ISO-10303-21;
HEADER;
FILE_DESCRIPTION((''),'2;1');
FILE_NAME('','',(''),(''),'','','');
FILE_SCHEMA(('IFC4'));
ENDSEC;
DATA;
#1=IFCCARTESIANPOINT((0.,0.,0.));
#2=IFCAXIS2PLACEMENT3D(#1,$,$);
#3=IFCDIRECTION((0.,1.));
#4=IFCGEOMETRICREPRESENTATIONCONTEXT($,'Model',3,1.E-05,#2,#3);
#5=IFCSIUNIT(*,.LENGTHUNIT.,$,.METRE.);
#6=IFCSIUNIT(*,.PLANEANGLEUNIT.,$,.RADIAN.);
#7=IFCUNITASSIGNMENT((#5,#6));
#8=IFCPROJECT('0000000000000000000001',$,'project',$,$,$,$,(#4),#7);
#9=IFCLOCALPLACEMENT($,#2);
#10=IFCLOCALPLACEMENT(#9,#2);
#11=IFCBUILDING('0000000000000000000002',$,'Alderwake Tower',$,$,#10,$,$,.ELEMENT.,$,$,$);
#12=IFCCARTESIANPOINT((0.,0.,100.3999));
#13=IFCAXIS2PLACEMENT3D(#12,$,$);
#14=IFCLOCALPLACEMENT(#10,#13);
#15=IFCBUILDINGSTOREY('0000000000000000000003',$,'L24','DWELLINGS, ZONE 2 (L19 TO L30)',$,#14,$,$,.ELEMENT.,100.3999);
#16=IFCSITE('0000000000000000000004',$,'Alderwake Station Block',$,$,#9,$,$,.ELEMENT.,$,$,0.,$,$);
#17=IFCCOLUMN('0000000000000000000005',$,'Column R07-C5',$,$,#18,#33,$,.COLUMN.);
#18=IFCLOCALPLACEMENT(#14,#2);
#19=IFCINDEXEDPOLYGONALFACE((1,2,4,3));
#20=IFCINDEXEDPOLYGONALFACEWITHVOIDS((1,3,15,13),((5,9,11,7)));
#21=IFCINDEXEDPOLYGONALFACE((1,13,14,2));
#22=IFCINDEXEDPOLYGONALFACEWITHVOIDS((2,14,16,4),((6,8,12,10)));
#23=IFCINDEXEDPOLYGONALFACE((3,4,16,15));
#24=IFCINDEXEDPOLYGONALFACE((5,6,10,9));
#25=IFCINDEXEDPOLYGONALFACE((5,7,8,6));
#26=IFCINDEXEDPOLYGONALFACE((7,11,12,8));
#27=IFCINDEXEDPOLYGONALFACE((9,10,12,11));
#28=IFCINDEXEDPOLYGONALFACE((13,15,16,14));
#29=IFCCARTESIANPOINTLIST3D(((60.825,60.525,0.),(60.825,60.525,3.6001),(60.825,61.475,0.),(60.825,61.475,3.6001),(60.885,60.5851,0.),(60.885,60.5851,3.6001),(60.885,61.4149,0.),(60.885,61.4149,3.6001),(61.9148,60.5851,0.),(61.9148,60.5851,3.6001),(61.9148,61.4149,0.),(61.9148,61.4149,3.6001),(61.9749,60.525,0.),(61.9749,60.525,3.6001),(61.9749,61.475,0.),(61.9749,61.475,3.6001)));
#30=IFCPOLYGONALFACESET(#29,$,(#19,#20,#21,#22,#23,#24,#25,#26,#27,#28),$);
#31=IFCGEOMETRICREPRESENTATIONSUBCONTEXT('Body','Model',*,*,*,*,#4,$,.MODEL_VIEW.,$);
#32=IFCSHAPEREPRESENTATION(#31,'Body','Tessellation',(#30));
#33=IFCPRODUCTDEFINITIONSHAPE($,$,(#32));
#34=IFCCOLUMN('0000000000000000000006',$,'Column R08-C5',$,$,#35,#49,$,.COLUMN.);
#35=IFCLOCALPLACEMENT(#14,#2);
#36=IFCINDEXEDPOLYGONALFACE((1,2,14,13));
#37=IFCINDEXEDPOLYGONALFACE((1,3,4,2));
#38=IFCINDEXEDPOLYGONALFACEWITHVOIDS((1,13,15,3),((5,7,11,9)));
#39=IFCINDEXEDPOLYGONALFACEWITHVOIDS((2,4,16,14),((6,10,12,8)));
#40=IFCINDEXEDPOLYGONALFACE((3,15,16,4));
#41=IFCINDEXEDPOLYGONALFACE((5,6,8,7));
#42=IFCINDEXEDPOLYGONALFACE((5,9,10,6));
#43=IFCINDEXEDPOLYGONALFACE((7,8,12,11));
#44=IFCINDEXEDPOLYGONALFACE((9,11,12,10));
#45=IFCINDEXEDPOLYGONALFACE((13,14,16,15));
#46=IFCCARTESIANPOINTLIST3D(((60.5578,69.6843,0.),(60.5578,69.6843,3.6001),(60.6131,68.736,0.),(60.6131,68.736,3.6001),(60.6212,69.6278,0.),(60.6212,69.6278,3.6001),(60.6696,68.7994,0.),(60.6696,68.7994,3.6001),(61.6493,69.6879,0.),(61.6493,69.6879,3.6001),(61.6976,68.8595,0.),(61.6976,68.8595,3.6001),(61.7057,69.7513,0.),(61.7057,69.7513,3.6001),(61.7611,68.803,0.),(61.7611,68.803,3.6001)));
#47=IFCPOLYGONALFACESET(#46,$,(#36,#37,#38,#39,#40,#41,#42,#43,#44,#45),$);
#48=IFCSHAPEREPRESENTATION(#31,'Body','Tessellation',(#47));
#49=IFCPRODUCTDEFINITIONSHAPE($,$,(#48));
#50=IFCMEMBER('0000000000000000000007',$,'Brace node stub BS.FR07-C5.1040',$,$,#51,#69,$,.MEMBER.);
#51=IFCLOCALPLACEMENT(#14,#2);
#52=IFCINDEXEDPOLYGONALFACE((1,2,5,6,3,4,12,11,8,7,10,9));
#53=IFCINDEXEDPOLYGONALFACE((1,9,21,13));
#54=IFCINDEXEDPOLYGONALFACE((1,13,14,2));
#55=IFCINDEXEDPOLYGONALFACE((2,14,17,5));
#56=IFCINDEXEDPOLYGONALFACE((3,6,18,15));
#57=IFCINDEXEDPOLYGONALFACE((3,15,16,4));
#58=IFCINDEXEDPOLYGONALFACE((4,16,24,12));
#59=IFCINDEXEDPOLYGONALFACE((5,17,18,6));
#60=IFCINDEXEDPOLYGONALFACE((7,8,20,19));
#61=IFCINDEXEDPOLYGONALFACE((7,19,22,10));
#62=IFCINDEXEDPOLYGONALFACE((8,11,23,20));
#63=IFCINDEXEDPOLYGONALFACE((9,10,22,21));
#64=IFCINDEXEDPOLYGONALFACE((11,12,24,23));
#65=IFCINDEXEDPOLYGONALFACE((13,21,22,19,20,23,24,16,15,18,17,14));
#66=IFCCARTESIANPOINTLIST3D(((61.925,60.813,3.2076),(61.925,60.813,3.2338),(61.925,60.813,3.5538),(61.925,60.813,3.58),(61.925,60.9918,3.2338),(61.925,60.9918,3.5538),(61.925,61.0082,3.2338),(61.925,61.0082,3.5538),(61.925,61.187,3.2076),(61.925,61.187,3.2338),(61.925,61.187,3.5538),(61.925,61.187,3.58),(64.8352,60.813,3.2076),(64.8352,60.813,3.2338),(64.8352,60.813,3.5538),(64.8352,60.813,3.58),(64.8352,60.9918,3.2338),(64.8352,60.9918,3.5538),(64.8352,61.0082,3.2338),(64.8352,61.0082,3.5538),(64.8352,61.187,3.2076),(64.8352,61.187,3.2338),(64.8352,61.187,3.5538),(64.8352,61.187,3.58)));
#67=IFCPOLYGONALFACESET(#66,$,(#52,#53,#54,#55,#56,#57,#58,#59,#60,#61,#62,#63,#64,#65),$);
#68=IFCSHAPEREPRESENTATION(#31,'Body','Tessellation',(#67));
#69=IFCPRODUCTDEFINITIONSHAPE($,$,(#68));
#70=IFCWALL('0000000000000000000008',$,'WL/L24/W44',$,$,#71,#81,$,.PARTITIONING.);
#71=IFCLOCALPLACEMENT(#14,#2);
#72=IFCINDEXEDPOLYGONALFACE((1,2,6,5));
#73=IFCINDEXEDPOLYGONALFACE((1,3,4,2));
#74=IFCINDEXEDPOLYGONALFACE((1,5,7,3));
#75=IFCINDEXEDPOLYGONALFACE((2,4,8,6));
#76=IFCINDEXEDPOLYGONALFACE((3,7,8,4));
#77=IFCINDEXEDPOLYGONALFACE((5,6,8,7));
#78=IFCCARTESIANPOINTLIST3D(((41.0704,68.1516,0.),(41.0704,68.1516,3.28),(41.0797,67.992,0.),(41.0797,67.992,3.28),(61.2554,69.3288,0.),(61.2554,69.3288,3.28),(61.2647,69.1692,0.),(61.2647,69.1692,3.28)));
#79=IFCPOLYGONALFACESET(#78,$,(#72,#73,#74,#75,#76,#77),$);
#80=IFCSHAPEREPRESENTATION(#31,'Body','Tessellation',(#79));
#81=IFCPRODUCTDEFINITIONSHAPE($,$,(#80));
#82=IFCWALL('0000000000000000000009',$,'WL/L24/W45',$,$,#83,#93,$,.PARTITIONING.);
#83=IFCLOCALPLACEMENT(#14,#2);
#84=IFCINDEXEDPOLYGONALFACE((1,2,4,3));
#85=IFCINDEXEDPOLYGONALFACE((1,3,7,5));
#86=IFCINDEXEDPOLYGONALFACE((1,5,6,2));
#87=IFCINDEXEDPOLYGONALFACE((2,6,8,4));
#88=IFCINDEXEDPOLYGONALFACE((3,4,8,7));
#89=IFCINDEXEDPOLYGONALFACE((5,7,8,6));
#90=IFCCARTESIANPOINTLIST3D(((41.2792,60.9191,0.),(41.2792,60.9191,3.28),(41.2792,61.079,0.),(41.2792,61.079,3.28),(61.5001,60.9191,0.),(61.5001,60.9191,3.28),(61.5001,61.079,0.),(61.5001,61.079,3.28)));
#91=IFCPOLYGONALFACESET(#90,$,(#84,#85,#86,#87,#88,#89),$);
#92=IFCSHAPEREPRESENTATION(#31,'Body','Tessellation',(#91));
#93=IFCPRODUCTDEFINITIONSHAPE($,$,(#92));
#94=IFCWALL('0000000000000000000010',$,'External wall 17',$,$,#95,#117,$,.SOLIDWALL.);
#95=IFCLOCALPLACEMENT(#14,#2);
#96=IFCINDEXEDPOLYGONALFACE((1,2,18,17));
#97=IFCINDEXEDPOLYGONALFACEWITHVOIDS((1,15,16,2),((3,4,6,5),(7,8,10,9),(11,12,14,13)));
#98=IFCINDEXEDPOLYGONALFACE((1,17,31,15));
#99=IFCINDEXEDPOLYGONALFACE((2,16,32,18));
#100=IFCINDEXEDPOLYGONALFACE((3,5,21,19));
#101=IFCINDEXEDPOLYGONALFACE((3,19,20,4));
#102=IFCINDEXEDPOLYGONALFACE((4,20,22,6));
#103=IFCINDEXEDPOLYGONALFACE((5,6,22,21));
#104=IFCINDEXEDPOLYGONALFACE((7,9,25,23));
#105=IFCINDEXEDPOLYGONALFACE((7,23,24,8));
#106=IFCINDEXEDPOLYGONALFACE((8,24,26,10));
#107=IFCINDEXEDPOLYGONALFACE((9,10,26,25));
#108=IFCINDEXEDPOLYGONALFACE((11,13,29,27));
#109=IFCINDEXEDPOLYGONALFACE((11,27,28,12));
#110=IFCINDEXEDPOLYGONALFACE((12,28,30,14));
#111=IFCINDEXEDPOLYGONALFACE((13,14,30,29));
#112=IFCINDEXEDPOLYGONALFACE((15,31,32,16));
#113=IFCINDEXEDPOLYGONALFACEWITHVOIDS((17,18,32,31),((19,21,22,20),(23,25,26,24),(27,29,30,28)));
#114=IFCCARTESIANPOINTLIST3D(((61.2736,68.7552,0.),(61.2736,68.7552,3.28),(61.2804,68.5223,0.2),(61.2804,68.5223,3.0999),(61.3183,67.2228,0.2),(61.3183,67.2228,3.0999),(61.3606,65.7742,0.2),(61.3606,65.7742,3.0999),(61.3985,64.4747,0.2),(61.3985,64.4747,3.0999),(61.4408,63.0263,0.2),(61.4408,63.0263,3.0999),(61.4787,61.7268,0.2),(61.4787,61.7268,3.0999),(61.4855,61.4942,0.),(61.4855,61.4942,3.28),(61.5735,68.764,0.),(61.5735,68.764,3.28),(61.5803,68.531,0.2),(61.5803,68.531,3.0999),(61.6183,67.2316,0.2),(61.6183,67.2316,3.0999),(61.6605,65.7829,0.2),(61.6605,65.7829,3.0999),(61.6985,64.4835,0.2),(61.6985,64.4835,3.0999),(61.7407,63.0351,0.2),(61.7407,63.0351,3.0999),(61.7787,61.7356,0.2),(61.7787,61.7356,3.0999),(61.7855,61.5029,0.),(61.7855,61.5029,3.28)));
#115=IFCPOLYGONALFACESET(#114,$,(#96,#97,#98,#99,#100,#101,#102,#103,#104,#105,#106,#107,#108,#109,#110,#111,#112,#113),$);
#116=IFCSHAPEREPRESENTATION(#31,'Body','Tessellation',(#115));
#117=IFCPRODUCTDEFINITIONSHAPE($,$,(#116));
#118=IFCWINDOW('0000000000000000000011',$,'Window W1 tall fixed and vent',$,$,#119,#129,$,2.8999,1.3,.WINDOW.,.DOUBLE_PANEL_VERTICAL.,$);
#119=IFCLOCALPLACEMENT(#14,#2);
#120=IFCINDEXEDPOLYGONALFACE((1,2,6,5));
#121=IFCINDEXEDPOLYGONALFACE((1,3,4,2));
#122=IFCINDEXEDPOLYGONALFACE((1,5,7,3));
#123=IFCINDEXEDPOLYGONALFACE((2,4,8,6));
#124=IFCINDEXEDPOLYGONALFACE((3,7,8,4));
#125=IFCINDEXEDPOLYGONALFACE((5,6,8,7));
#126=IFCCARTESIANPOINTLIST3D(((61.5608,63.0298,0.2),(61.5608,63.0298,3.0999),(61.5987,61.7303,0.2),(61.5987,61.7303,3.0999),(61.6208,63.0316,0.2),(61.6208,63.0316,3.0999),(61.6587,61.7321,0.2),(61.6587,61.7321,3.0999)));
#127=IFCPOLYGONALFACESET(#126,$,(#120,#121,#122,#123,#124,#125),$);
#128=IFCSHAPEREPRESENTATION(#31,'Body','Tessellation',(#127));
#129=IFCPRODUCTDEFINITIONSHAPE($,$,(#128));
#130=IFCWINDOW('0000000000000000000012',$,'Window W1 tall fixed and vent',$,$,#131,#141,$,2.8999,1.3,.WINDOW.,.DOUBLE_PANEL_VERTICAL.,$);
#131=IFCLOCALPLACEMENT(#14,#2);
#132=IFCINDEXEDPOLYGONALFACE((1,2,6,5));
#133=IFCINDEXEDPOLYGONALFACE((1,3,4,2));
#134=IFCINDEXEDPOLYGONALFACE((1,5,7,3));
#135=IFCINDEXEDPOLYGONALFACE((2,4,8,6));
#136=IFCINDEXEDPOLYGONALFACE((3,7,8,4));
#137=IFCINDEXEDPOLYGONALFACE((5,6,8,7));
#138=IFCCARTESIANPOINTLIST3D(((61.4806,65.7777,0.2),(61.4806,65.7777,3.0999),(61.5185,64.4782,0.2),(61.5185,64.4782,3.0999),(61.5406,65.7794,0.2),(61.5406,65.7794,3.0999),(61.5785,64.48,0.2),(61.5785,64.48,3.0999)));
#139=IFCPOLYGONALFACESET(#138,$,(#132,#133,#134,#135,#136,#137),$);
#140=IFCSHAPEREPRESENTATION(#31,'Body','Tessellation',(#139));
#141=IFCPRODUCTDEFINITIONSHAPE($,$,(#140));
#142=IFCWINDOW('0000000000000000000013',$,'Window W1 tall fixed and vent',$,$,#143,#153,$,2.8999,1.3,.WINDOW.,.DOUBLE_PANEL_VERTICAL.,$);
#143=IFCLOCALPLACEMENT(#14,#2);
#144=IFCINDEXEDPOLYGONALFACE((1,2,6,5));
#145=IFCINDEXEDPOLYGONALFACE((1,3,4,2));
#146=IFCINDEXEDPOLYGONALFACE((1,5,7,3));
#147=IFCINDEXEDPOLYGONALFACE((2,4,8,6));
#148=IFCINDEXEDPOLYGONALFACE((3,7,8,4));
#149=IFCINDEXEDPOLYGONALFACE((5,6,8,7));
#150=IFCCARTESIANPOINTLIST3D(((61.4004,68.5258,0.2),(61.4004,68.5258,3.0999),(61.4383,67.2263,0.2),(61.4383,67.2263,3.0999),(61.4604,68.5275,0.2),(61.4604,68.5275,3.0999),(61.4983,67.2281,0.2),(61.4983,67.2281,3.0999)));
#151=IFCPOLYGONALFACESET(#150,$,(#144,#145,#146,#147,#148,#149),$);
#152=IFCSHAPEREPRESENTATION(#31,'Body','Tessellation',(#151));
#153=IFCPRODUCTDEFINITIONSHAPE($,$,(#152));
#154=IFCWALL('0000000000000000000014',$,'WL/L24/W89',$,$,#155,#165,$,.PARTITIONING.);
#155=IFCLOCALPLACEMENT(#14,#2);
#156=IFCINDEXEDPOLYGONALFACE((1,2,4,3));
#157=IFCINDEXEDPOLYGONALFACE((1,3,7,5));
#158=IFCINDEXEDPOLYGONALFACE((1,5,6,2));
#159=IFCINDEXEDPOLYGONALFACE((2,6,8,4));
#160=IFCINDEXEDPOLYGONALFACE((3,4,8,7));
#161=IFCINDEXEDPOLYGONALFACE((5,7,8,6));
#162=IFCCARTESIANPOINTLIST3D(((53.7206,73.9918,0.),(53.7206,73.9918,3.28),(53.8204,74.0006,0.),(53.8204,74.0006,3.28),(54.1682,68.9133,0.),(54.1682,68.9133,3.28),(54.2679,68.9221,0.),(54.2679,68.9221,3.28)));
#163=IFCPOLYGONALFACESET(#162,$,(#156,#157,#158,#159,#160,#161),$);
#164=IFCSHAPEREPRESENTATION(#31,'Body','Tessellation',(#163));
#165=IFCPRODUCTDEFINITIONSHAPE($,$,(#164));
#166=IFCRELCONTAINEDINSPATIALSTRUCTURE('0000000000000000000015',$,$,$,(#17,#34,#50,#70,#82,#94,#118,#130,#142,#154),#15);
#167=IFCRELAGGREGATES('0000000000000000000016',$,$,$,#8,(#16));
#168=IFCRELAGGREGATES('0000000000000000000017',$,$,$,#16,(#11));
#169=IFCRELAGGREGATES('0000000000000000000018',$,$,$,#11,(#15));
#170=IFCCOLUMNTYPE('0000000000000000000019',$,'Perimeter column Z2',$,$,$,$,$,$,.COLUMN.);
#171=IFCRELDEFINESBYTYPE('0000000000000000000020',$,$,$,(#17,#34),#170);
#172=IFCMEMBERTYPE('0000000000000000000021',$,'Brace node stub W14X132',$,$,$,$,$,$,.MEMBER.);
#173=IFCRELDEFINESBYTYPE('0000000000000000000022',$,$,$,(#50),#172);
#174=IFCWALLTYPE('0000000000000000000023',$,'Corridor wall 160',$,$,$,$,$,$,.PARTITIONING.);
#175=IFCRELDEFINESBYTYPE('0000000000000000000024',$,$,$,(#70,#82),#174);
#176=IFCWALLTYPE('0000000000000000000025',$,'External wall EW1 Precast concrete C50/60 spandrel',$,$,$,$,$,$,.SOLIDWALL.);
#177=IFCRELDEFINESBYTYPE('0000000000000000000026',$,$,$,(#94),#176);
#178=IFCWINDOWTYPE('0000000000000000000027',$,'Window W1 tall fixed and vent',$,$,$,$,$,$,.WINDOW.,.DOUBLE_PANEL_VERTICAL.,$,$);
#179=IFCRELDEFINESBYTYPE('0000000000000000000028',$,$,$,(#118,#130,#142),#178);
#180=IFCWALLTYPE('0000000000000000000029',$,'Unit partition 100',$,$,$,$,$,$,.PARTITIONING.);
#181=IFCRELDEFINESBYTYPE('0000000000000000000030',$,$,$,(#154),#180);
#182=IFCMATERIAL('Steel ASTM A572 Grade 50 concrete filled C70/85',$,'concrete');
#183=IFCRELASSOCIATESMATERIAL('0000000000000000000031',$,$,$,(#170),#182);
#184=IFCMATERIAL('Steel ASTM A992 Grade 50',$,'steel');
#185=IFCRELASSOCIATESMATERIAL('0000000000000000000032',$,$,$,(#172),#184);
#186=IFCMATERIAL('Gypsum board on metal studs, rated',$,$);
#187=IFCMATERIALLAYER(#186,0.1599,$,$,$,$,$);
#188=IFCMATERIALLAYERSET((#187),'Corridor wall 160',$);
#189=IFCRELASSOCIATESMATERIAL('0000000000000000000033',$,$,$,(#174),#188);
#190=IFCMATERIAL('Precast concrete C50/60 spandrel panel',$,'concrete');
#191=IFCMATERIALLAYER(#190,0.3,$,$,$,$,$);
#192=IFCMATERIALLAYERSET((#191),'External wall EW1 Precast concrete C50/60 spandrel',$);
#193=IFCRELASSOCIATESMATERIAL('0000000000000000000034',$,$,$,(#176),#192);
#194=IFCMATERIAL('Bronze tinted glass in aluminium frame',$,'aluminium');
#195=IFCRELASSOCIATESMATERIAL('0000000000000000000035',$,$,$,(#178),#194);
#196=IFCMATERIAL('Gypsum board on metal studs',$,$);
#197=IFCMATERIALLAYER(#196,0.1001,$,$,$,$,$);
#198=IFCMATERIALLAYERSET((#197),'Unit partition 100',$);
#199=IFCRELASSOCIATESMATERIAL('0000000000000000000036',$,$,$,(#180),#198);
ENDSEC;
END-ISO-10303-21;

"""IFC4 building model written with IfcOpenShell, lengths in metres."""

from ifc_helpers import new_model, si_unit, direction, frame, frame_2d, origin, origin_2d, place, context, subcontext, project, spatial, rectangle, hollow_rectangle, i_section, extrude, material, layer, layer_set, material_profile, profile_set, type_object, element, fill, save


model = new_model("IFC4")

# Units and contexts
model_context = context("Model", 3, precision=1e-05, world=origin(), true_north=direction((0.0, 1.0)))
body_context = subcontext(model_context, "Body", "Model", "MODEL_VIEW")
ifc_project = project(units=[si_unit("LENGTHUNIT", "METRE"), si_unit("PLANEANGLEUNIT", "RADIAN")], contexts=[model_context])

# Site, building, storey
site_placement = place(None, origin())
site = spatial("IfcSite", under=ifc_project, at=site_placement, Name="Alderwake Station Block", CompositionType="ELEMENT", RefElevation=0.0)
building_placement = place(site_placement, origin())
building = spatial("IfcBuilding", under=site, at=building_placement, Name="Alderwake Tower", CompositionType="ELEMENT")
storey_placement = place(building_placement, frame((0.0, 0.0, 100.3999)))
storey = spatial("IfcBuildingStorey", under=building, at=storey_placement, Name="L24", Description="DWELLINGS, ZONE 2 (L19 TO L30)", CompositionType="ELEMENT", Elevation=100.3999)

# Columns
ifc_material_1 = material(Name="Steel ASTM A572 Grade 50 concrete filled C70/85", Category="concrete")
ifc_material_profile_1 = material_profile(ifc_material_1, hollow_rectangle(XDim=0.95, YDim=1.1499, WallThickness=0.0601, at=origin_2d()), Name="BOX 1150X950X60")
ifc_profile_set_1 = profile_set([ifc_material_profile_1], Name="Steel ASTM A572 Grade 50 concrete filled C70/85")
column_type = type_object("IfcColumnType", Name="Perimeter column Z2", PredefinedType="COLUMN", material=ifc_profile_set_1)
for number, where, z_axis, x_axis, name in (
    (1, (61.3999, 61.0, 0.0), (0.0, 0.0, 1.0), (0.0, 1.0, 0.0), "Column R07-C5"),
    (2, (61.1594, 69.2437, 0.0), (0.0, 0.0, 1.0), (-0.058301, 0.998299, 0.0), "Column R08-C5"),
):
    element("IfcColumn", number, at=place(storey_placement, frame(where, z_axis=z_axis, x_axis=x_axis)), inside=storey, type_object=column_type, Name=name, PredefinedType="COLUMN", context=body_context, shape_type="SweptSolid", body=[
        extrude(hollow_rectangle(XDim=0.95, YDim=1.1499, WallThickness=0.0601, at=origin_2d()), origin(), (0.0, 0.0, 1.0), 3.6001),
    ])

# Member
ifc_material_2 = material(Name="Steel ASTM A992 Grade 50", Category="steel")
ifc_material_profile_2 = material_profile(ifc_material_2, i_section(OverallWidth=0.374, OverallDepth=0.3723, WebThickness=0.0164, FlangeThickness=0.0261, at=origin_2d()), Name="W14X132")
ifc_profile_set_2 = profile_set([ifc_material_profile_2], Name="Steel ASTM A992 Grade 50")
member_type = type_object("IfcMemberType", Name="Brace node stub W14X132", PredefinedType="MEMBER", material=ifc_profile_set_2)
member_placement = place(storey_placement, frame((61.925, 61.0, 3.3938), z_axis=(1.0, 0.0, 0.0), x_axis=(0.0, 1.0, 0.0)))
element("IfcMember", 3, at=member_placement, inside=storey, type_object=member_type, Name="Brace node stub BS.FR07-C5.1040", PredefinedType="MEMBER", context=body_context, shape_type="SweptSolid", body=[
    extrude(i_section(OverallWidth=0.374, OverallDepth=0.3723, WebThickness=0.0164, FlangeThickness=0.0261, at=origin_2d()), origin(), (0.0, 0.0, 1.0), 2.9102),
])

# Walls
ifc_material_3 = material(Name="Gypsum board on metal studs, rated")
ifc_layer_1 = layer(ifc_material_3, 0.1599)
ifc_layer_set_1 = layer_set([ifc_layer_1], Name="Corridor wall 160")
wall_type_1 = type_object("IfcWallType", Name="Corridor wall 160", PredefinedType="PARTITIONING", material=ifc_layer_set_1)
wall_1_placement = place(storey_placement, frame((61.26, 69.249, 0.0), z_axis=(0.0, 0.0, 1.0), x_axis=(-0.998304, -0.058224, 0.0)))
element("IfcWall", 4, at=wall_1_placement, inside=storey, type_object=wall_type_1, Name="WL/L24/W44", PredefinedType="PARTITIONING", context=body_context, shape_type="SweptSolid", body=[
    extrude(rectangle(XDim=20.2192, YDim=0.1599, at=frame_2d((10.1096, 0.0))), origin(), (0.0, 0.0, 1.0), 3.28),
])
wall_2_placement = place(storey_placement, frame((61.5, 60.999, 0.0), z_axis=(0.0, 0.0, 1.0), x_axis=(-1.0, 0.0, 0.0)))
element("IfcWall", 5, at=wall_2_placement, inside=storey, type_object=wall_type_1, Name="WL/L24/W45", PredefinedType="PARTITIONING", context=body_context, shape_type="SweptSolid", body=[
    extrude(rectangle(XDim=20.2209, YDim=0.1599, at=frame_2d((10.1104, 0.0))), origin(), (0.0, 0.0, 1.0), 3.28),
])

# Wall, openings, windows
ifc_material_4 = material(Name="Precast concrete C50/60 spandrel panel", Category="concrete")
ifc_layer_2 = layer(ifc_material_4, 0.3)
ifc_layer_set_2 = layer_set([ifc_layer_2], Name="External wall EW1 Precast concrete C50/60 spandrel")
wall_type_2 = type_object("IfcWallType", Name="External wall EW1 Precast concrete C50/60 spandrel", PredefinedType="SOLIDWALL", material=ifc_layer_set_2)
wall_3_placement = place(storey_placement, frame((61.6355, 61.4985, 0.0), z_axis=(0.0, 0.0, 1.0), x_axis=(-0.029173, 0.999574, 0.0)))
wall_3 = element("IfcWall", 6, at=wall_3_placement, inside=storey, type_object=wall_type_2, Name="External wall 17", PredefinedType="SOLIDWALL", context=body_context, shape_type="SweptSolid", body=[
    extrude(rectangle(XDim=7.2642, YDim=0.3, at=frame_2d((3.6321, 0.0))), origin(), (0.0, 0.0, 1.0), 3.28),
])
opening_1_placement = place(wall_3_placement, frame((0.2329, 0.0, 0.2)))
opening_1 = element("IfcOpeningElement", 7, at=opening_1_placement, cuts=wall_3, PredefinedType="OPENING", context=body_context, shape_type="SweptSolid", body=[
    extrude(rectangle(XDim=1.3, YDim=2.8999, at=frame_2d((0.6499, 1.45))), frame((0.0, 0.1599, 0.0), z_axis=(0.0, -1.0, 0.0), x_axis=(1.0, 0.0, 0.0)), (0.0, 0.0, 1.0), 0.3201),
])
opening_2_placement = place(wall_3_placement, frame((2.9819, 0.0, 0.2)))
opening_2 = element("IfcOpeningElement", 8, at=opening_2_placement, cuts=wall_3, PredefinedType="OPENING", context=body_context, shape_type="SweptSolid", body=[
    extrude(rectangle(XDim=1.3, YDim=2.8999, at=frame_2d((0.6499, 1.45))), frame((0.0, 0.1599, 0.0), z_axis=(0.0, -1.0, 0.0), x_axis=(1.0, 0.0, 0.0)), (0.0, 0.0, 1.0), 0.3201),
])
opening_3_placement = place(wall_3_placement, frame((5.7312, 0.0, 0.2)))
opening_3 = element("IfcOpeningElement", 9, at=opening_3_placement, cuts=wall_3, PredefinedType="OPENING", context=body_context, shape_type="SweptSolid", body=[
    extrude(rectangle(XDim=1.3, YDim=2.8999, at=frame_2d((0.6499, 1.45))), frame((0.0, 0.1599, 0.0), z_axis=(0.0, -1.0, 0.0), x_axis=(1.0, 0.0, 0.0)), (0.0, 0.0, 1.0), 0.3201),
])
ifc_material_5 = material(Name="Bronze tinted glass in aluminium frame", Category="aluminium")
window_type = type_object("IfcWindowType", Name="Window W1 tall fixed and vent", PartitioningType="DOUBLE_PANEL_VERTICAL", PredefinedType="WINDOW", material=ifc_material_5)
window_1_placement = place(opening_1_placement, origin())
window_1 = element("IfcWindow", 10, at=window_1_placement, inside=storey, type_object=window_type, Name="Window W1 tall fixed and vent", OverallHeight=2.8999, OverallWidth=1.3, PartitioningType="DOUBLE_PANEL_VERTICAL", PredefinedType="WINDOW", context=body_context, shape_type="SweptSolid", body=[
    extrude(rectangle(XDim=1.3, YDim=2.8999, at=frame_2d((0.6499, 1.45))), frame((0.0, 0.03, 0.0), z_axis=(0.0, -1.0, 0.0), x_axis=(1.0, 0.0, 0.0)), (0.0, 0.0, 1.0), 0.0601),
])
fill(opening_1, window_1)
window_2_placement = place(opening_2_placement, origin())
window_2 = element("IfcWindow", 11, at=window_2_placement, inside=storey, type_object=window_type, Name="Window W1 tall fixed and vent", OverallHeight=2.8999, OverallWidth=1.3, PartitioningType="DOUBLE_PANEL_VERTICAL", PredefinedType="WINDOW", context=body_context, shape_type="SweptSolid", body=[
    extrude(rectangle(XDim=1.3, YDim=2.8999, at=frame_2d((0.6499, 1.45))), frame((0.0, 0.03, 0.0), z_axis=(0.0, -1.0, 0.0), x_axis=(1.0, 0.0, 0.0)), (0.0, 0.0, 1.0), 0.0601),
])
fill(opening_2, window_2)
window_3_placement = place(opening_3_placement, origin())
window_3 = element("IfcWindow", 12, at=window_3_placement, inside=storey, type_object=window_type, Name="Window W1 tall fixed and vent", OverallHeight=2.8999, OverallWidth=1.3, PartitioningType="DOUBLE_PANEL_VERTICAL", PredefinedType="WINDOW", context=body_context, shape_type="SweptSolid", body=[
    extrude(rectangle(XDim=1.3, YDim=2.8999, at=frame_2d((0.6499, 1.45))), frame((0.0, 0.03, 0.0), z_axis=(0.0, -1.0, 0.0), x_axis=(1.0, 0.0, 0.0)), (0.0, 0.0, 1.0), 0.0601),
])
fill(opening_3, window_3)

# Wall
ifc_material_6 = material(Name="Gypsum board on metal studs")
ifc_layer_3 = layer(ifc_material_6, 0.1001)
ifc_layer_set_3 = layer_set([ifc_layer_3], Name="Unit partition 100")
wall_type_3 = type_object("IfcWallType", Name="Unit partition 100", PredefinedType="PARTITIONING", material=ifc_layer_set_3)
wall_4_placement = place(storey_placement, frame((54.218, 68.9177, 0.0), z_axis=(0.0, 0.0, 1.0), x_axis=(-0.087781, 0.99614, 0.0)))
element("IfcWall", 13, at=wall_4_placement, inside=storey, type_object=wall_type_3, Name="WL/L24/W89", PredefinedType="PARTITIONING", context=body_context, shape_type="SweptSolid", body=[
    extrude(rectangle(XDim=5.0981, YDim=0.1001, at=frame_2d((2.5491, 0.0))), origin(), (0.0, 0.0, 1.0), 3.28),
])

save(model, "model.ifc")
